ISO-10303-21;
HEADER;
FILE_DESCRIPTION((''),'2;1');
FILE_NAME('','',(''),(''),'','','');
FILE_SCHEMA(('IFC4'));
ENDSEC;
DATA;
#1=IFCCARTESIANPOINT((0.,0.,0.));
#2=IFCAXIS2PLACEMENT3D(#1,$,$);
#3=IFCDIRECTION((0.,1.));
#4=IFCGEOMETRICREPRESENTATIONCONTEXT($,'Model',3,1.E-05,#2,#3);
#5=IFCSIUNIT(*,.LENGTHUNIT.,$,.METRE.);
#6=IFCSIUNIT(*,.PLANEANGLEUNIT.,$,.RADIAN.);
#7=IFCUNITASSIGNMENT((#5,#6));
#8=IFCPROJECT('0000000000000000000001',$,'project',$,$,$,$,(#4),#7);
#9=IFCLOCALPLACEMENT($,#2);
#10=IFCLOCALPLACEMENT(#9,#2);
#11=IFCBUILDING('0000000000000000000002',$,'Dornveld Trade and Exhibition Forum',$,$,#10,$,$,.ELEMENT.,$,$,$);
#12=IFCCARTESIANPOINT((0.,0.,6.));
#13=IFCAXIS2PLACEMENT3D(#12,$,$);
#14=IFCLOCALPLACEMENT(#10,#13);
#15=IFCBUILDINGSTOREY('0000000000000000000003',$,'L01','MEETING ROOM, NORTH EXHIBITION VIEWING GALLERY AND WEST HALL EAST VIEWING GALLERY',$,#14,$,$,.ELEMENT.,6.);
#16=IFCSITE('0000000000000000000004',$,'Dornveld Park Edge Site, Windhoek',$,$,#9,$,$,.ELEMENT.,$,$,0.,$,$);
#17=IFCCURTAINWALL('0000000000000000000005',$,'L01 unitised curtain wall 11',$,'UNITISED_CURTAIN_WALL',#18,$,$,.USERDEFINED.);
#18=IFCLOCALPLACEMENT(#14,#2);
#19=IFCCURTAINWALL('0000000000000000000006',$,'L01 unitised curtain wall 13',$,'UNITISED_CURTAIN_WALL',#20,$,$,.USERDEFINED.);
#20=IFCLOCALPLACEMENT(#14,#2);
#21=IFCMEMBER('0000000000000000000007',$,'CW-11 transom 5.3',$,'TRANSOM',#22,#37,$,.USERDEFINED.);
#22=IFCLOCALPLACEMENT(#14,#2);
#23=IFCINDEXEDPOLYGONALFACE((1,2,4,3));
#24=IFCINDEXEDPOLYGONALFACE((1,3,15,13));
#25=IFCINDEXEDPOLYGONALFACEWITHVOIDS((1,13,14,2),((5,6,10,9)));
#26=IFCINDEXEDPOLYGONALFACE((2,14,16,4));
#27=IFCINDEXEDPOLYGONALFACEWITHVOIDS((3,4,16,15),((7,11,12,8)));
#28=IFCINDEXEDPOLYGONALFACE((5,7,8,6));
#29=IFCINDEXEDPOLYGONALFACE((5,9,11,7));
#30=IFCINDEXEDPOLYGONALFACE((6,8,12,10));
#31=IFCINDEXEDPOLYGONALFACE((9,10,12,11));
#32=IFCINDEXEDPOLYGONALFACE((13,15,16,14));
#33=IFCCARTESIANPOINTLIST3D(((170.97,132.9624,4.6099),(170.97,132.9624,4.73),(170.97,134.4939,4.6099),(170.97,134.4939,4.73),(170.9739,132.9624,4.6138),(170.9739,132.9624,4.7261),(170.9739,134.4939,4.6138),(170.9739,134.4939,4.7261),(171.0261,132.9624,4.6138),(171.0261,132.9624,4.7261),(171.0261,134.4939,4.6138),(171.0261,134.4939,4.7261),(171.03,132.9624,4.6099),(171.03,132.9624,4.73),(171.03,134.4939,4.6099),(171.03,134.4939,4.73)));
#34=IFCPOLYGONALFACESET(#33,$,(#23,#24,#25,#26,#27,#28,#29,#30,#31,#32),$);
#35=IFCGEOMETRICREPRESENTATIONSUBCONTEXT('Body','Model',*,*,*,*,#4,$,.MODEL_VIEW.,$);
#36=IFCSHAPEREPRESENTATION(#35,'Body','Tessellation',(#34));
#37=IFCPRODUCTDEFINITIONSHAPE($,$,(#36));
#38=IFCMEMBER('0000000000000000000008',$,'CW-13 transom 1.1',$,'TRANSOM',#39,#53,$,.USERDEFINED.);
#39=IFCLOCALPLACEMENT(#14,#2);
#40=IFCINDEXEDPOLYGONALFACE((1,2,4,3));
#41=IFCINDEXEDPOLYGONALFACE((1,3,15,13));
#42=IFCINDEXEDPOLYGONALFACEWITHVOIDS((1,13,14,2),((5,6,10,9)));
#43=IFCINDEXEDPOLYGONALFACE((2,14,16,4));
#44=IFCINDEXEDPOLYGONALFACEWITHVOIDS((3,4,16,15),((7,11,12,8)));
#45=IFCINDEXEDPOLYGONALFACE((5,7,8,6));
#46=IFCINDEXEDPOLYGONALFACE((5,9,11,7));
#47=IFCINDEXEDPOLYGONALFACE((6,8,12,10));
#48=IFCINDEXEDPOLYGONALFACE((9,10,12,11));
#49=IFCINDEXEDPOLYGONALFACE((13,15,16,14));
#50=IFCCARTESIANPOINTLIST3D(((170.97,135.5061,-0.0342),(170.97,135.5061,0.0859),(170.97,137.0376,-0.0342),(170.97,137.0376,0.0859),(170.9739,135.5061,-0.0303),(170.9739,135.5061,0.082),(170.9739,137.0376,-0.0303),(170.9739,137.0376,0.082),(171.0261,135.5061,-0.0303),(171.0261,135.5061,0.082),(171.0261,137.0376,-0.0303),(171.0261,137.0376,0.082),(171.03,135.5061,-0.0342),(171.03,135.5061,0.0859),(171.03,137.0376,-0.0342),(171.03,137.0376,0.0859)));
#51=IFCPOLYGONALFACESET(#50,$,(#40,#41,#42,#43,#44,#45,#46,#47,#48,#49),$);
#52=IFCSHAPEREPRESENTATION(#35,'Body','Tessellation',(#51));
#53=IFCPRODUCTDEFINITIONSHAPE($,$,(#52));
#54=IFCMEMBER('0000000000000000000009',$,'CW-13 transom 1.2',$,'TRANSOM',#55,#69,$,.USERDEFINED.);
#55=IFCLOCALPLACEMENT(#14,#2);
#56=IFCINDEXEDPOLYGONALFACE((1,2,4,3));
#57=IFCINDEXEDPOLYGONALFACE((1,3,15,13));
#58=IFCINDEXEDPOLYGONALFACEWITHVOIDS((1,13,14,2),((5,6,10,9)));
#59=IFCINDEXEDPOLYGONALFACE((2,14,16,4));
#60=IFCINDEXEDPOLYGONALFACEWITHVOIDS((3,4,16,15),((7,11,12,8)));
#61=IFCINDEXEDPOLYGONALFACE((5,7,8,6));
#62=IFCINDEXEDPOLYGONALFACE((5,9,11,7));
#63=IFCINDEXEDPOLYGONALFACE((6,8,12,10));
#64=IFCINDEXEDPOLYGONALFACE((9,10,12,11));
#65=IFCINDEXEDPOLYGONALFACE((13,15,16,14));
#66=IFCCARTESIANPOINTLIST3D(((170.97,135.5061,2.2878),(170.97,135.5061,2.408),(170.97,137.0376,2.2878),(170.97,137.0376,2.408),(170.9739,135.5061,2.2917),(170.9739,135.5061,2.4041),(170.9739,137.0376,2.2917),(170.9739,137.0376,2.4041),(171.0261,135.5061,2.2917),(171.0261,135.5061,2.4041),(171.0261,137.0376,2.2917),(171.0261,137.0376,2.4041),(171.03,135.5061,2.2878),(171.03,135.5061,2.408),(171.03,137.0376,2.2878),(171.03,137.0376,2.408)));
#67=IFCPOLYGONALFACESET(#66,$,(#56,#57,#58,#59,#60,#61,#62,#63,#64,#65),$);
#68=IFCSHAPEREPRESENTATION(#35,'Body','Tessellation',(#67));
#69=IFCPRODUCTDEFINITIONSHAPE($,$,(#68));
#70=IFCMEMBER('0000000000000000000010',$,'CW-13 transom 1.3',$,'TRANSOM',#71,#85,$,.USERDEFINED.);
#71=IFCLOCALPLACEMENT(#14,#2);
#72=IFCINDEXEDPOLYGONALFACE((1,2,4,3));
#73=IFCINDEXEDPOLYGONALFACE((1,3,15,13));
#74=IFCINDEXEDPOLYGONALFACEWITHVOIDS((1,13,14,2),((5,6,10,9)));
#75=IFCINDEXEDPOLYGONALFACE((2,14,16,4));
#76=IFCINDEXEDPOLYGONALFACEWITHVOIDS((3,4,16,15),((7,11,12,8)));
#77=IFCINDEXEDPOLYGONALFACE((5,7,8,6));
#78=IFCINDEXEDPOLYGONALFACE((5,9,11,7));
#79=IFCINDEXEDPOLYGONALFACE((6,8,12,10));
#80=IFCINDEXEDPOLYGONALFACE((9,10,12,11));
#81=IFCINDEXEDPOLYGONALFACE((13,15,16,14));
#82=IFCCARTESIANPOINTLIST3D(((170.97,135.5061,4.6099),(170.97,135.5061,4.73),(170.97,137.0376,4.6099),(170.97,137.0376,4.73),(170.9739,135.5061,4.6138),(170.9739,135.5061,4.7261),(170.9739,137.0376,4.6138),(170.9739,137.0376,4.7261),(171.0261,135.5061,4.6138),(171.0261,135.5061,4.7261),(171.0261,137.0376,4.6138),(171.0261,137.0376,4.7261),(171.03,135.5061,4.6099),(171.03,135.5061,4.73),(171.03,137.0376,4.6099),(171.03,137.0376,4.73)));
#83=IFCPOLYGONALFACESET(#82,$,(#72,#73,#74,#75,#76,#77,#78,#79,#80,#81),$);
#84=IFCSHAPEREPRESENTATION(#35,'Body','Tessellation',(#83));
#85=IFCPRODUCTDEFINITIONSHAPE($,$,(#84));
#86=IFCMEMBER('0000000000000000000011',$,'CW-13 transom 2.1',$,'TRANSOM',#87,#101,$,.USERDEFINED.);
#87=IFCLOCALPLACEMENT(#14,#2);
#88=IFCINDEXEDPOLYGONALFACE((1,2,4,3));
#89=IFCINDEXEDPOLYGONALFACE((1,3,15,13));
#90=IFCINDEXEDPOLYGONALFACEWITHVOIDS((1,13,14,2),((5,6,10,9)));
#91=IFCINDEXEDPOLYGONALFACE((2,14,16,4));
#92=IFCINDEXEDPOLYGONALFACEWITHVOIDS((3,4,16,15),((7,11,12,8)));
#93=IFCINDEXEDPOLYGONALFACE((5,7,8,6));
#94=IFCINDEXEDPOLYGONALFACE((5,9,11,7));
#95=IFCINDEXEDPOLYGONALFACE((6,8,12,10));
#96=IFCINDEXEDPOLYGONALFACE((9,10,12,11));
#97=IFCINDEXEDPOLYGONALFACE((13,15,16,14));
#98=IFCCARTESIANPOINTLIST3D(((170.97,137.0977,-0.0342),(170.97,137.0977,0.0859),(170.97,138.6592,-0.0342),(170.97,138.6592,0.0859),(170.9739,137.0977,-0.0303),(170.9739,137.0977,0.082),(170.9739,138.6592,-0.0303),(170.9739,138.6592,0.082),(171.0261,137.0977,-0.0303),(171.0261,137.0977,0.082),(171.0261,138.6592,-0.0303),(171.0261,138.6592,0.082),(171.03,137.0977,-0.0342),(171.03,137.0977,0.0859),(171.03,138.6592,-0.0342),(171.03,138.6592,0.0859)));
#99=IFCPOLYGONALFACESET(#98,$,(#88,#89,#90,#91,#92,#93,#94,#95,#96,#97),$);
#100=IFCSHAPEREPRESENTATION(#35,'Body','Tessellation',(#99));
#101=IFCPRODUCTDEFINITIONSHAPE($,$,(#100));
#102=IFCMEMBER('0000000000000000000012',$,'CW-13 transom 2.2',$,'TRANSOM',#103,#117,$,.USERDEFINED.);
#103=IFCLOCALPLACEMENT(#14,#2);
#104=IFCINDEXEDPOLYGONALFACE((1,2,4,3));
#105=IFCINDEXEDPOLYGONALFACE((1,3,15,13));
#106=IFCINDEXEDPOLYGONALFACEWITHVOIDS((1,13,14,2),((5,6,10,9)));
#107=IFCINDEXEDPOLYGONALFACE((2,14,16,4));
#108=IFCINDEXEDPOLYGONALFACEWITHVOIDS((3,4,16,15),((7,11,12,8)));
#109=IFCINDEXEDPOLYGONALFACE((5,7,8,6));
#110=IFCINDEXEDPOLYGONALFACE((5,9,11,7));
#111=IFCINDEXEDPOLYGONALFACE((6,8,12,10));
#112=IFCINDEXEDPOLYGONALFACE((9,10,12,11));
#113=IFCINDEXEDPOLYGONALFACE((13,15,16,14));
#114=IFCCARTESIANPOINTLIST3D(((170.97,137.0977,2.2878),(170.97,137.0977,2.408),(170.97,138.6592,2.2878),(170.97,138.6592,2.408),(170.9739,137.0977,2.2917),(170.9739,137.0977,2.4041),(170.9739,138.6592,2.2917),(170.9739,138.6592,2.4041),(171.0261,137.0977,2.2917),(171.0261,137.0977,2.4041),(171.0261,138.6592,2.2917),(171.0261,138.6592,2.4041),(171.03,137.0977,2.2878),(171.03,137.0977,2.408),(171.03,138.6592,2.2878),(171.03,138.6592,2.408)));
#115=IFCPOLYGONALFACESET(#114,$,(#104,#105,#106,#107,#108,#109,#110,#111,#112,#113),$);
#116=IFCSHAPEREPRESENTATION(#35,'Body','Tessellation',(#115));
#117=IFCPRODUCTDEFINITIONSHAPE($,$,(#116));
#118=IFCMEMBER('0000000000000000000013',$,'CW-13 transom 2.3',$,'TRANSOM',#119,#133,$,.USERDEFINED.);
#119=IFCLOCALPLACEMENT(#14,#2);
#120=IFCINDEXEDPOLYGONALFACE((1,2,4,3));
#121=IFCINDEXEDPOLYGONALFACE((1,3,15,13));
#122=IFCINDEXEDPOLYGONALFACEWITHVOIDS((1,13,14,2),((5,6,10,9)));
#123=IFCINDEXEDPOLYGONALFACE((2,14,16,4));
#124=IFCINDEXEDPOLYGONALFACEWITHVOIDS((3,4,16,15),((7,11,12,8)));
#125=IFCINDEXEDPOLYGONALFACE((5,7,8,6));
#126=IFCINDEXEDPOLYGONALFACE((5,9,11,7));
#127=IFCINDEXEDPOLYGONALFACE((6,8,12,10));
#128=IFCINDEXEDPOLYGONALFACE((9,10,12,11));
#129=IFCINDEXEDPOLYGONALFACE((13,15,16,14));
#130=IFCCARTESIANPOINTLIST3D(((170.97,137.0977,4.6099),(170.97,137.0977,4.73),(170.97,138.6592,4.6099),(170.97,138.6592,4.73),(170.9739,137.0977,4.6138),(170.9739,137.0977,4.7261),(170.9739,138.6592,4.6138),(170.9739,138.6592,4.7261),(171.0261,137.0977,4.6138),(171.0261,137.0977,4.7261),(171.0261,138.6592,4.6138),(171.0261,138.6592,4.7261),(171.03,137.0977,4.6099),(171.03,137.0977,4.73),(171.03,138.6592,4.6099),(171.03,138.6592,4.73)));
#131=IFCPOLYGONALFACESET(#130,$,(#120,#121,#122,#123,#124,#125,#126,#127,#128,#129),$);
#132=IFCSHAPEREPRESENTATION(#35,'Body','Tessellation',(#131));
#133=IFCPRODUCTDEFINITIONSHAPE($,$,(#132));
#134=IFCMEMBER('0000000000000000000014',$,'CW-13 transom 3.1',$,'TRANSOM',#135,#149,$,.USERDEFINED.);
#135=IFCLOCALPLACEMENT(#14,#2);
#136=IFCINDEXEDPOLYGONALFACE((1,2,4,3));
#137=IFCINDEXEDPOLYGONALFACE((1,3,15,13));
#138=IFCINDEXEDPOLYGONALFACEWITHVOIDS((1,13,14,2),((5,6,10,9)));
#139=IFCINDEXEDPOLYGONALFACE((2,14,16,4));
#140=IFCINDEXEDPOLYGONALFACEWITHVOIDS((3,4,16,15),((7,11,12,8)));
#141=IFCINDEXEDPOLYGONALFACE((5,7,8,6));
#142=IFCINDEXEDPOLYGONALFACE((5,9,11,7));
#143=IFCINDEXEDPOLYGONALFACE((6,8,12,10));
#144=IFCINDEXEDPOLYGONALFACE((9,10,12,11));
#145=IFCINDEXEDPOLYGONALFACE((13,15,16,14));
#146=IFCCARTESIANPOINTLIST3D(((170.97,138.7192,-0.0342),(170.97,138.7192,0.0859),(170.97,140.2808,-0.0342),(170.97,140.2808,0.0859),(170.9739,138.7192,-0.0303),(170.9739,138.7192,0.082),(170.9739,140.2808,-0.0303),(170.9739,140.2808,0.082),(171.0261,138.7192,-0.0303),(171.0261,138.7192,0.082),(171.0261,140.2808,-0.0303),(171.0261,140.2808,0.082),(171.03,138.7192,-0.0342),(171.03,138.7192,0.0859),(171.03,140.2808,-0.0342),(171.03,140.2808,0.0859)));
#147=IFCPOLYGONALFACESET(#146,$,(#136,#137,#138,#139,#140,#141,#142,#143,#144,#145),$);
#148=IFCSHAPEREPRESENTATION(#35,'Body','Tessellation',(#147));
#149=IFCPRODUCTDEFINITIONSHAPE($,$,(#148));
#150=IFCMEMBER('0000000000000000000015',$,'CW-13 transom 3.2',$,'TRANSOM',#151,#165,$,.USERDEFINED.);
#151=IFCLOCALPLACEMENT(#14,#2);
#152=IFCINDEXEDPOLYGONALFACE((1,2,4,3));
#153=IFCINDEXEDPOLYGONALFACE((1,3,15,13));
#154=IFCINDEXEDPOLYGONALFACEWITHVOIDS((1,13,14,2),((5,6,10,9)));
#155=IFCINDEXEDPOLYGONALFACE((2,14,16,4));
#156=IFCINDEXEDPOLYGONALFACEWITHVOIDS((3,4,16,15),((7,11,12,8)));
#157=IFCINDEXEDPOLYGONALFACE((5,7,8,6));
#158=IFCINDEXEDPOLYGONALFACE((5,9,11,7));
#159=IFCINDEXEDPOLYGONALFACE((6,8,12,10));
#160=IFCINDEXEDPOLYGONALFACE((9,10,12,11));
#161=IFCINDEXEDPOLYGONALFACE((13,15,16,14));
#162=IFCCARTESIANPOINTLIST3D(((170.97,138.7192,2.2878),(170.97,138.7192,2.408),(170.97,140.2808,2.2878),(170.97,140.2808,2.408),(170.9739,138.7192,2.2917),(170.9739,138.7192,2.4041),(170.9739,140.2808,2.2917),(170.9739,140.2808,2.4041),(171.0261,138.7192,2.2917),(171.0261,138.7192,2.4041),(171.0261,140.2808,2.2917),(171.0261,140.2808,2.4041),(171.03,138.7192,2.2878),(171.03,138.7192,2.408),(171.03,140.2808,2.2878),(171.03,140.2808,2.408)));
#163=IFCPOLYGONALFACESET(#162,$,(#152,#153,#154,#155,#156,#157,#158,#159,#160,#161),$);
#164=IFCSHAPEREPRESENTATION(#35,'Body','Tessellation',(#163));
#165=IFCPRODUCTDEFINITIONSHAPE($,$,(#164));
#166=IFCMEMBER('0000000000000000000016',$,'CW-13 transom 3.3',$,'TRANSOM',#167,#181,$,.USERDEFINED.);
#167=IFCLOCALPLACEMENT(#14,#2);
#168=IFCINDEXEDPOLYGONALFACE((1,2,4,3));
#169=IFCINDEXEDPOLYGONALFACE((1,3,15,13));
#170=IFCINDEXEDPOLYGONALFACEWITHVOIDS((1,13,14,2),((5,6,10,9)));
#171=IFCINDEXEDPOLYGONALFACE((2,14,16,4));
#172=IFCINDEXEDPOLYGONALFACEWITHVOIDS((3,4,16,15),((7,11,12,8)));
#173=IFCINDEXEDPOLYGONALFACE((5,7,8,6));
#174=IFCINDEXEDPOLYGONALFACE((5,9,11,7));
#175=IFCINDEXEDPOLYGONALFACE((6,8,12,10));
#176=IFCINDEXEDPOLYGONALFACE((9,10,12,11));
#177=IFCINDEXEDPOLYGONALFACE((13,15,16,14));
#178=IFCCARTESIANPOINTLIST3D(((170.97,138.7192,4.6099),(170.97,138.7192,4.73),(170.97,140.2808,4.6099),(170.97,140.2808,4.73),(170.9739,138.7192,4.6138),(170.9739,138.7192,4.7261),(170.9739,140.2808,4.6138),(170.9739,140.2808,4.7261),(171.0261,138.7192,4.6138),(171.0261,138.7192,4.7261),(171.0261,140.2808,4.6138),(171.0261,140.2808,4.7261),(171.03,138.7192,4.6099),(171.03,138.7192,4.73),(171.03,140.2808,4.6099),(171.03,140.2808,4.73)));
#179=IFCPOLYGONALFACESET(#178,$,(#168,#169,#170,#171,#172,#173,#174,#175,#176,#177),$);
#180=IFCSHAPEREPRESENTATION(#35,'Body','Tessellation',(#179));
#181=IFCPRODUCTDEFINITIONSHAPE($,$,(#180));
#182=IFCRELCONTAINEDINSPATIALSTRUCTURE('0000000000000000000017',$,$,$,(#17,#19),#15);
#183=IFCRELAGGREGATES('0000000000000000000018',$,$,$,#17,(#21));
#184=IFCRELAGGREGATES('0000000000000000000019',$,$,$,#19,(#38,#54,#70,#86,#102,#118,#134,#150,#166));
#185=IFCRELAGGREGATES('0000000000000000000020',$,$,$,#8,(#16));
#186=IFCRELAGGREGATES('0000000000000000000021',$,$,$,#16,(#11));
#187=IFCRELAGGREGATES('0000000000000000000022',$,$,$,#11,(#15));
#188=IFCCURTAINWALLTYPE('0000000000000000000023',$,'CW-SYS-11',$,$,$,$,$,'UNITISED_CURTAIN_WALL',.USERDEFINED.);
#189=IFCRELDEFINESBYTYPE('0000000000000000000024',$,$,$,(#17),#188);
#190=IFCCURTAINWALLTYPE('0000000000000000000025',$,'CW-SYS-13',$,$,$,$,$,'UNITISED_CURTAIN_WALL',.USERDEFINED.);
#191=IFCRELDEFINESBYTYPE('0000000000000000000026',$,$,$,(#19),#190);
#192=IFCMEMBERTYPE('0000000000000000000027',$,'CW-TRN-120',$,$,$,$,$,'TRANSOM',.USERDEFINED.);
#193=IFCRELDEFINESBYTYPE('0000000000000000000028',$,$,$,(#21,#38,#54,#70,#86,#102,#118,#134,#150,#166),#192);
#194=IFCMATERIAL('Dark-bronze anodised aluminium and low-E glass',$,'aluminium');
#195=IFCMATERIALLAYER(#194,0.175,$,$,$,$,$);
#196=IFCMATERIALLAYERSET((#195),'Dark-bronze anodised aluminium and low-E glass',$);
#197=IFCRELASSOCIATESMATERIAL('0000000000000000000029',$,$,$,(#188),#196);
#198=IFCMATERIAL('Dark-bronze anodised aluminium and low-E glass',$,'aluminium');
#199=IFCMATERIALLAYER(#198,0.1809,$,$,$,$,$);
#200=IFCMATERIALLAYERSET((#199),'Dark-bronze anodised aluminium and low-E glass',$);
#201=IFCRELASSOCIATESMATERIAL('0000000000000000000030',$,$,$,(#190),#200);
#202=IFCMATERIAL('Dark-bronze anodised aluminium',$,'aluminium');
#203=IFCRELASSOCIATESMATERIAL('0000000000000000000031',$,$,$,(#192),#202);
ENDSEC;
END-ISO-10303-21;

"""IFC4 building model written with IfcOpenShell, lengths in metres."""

from ifc_helpers import new_model, si_unit, direction, frame, origin, origin_2d, place, context, subcontext, project, spatial, hollow_rectangle, extrude, material, layer, layer_set, material_profile, profile_set, type_object, element, aggregate, save


model = new_model("IFC4")

# Units and contexts
model_context = context("Model", 3, precision=1e-05, world=origin(), true_north=direction((0.0, 1.0)))
body_context = subcontext(model_context, "Body", "Model", "MODEL_VIEW")
ifc_project = project(units=[si_unit("LENGTHUNIT", "METRE"), si_unit("PLANEANGLEUNIT", "RADIAN")], contexts=[model_context])

# Site, building, storey
site_placement = place(None, origin())
site = spatial("IfcSite", under=ifc_project, at=site_placement, Name="Dornveld Park Edge Site, Windhoek", CompositionType="ELEMENT", RefElevation=0.0)
building_placement = place(site_placement, origin())
building = spatial("IfcBuilding", under=site, at=building_placement, Name="Dornveld Trade and Exhibition Forum", CompositionType="ELEMENT")
storey_placement = place(building_placement, frame((0.0, 0.0, 6.0)))
storey = spatial("IfcBuildingStorey", under=building, at=storey_placement, Name="L01", Description="MEETING ROOM, NORTH EXHIBITION VIEWING GALLERY AND WEST HALL EAST VIEWING GALLERY", CompositionType="ELEMENT", Elevation=6.0)

# Curtain wall
ifc_material_1 = material(Name="Dark-bronze anodised aluminium and low-E glass", Category="aluminium")
ifc_layer_1 = layer(ifc_material_1, 0.175)
ifc_layer_set_1 = layer_set([ifc_layer_1], Name="Dark-bronze anodised aluminium and low-E glass")
curtain_wall_type_1 = type_object("IfcCurtainWallType", Name="CW-SYS-11", ElementType="UNITISED_CURTAIN_WALL", PredefinedType="USERDEFINED", material=ifc_layer_set_1)
curtain_wall_1_placement = place(storey_placement, origin())
curtain_wall_1 = element("IfcCurtainWall", 1, at=curtain_wall_1_placement, inside=storey, type_object=curtain_wall_type_1, Name="L01 unitised curtain wall 11", ObjectType="UNITISED_CURTAIN_WALL", PredefinedType="USERDEFINED")

# Curtain wall
ifc_material_2 = material(Name="Dark-bronze anodised aluminium and low-E glass", Category="aluminium")
ifc_layer_2 = layer(ifc_material_2, 0.1809)
ifc_layer_set_2 = layer_set([ifc_layer_2], Name="Dark-bronze anodised aluminium and low-E glass")
curtain_wall_type_2 = type_object("IfcCurtainWallType", Name="CW-SYS-13", ElementType="UNITISED_CURTAIN_WALL", PredefinedType="USERDEFINED", material=ifc_layer_set_2)
curtain_wall_2_placement = place(storey_placement, origin())
curtain_wall_2 = element("IfcCurtainWall", 2, at=curtain_wall_2_placement, inside=storey, type_object=curtain_wall_type_2, Name="L01 unitised curtain wall 13", ObjectType="UNITISED_CURTAIN_WALL", PredefinedType="USERDEFINED")

# Members
ifc_material_3 = material(Name="Dark-bronze anodised aluminium", Category="aluminium")
ifc_material_profile_1 = material_profile(ifc_material_3, hollow_rectangle(XDim=0.0601, YDim=0.1201, WallThickness=0.0039, at=origin_2d()), Name="RHS 120x60x4")
ifc_profile_set_1 = profile_set([ifc_material_profile_1], Name="Dark-bronze anodised aluminium")
member_type_1 = type_object("IfcMemberType", Name="CW-TRN-120", ElementType="TRANSOM", PredefinedType="USERDEFINED", material=ifc_profile_set_1)
member_1_placement = place(storey_placement, frame((171.0, 132.9624, 4.6699), z_axis=(0.0, 1.0, 0.0), x_axis=(-1.0, 0.0, 0.0)))
member_1 = element("IfcMember", 3, at=member_1_placement, type_object=member_type_1, Name="CW-11 transom 5.3", ObjectType="TRANSOM", PredefinedType="USERDEFINED", context=body_context, shape_type="SweptSolid", body=[
    extrude(hollow_rectangle(XDim=0.0601, YDim=0.1201, WallThickness=0.0039, at=origin_2d()), origin(), (0.0, 0.0, 1.0), 1.5315),
])
member_2_placement = place(storey_placement, frame((171.0, 135.5061, 0.0259), z_axis=(0.0, 1.0, 0.0), x_axis=(-1.0, 0.0, 0.0)))
member_2 = element("IfcMember", 4, at=member_2_placement, type_object=member_type_1, Name="CW-13 transom 1.1", ObjectType="TRANSOM", PredefinedType="USERDEFINED", context=body_context, shape_type="SweptSolid", body=[
    extrude(hollow_rectangle(XDim=0.0601, YDim=0.1201, WallThickness=0.0039, at=origin_2d()), origin(), (0.0, 0.0, 1.0), 1.5315),
])
member_3_placement = place(storey_placement, frame((171.0, 135.5061, 2.3479), z_axis=(0.0, 1.0, 0.0), x_axis=(-1.0, 0.0, 0.0)))
member_3 = element("IfcMember", 5, at=member_3_placement, type_object=member_type_1, Name="CW-13 transom 1.2", ObjectType="TRANSOM", PredefinedType="USERDEFINED", context=body_context, shape_type="SweptSolid", body=[
    extrude(hollow_rectangle(XDim=0.0601, YDim=0.1201, WallThickness=0.0039, at=origin_2d()), origin(), (0.0, 0.0, 1.0), 1.5315),
])
member_4_placement = place(storey_placement, frame((171.0, 135.5061, 4.6699), z_axis=(0.0, 1.0, 0.0), x_axis=(-1.0, 0.0, 0.0)))
member_4 = element("IfcMember", 6, at=member_4_placement, type_object=member_type_1, Name="CW-13 transom 1.3", ObjectType="TRANSOM", PredefinedType="USERDEFINED", context=body_context, shape_type="SweptSolid", body=[
    extrude(hollow_rectangle(XDim=0.0601, YDim=0.1201, WallThickness=0.0039, at=origin_2d()), origin(), (0.0, 0.0, 1.0), 1.5315),
])
member_5_placement = place(storey_placement, frame((171.0, 137.0977, 0.0259), z_axis=(0.0, 1.0, 0.0), x_axis=(-1.0, 0.0, 0.0)))
member_5 = element("IfcMember", 7, at=member_5_placement, type_object=member_type_1, Name="CW-13 transom 2.1", ObjectType="TRANSOM", PredefinedType="USERDEFINED", context=body_context, shape_type="SweptSolid", body=[
    extrude(hollow_rectangle(XDim=0.0601, YDim=0.1201, WallThickness=0.0039, at=origin_2d()), origin(), (0.0, 0.0, 1.0), 1.5615),
])
member_6_placement = place(storey_placement, frame((171.0, 137.0977, 2.3479), z_axis=(0.0, 1.0, 0.0), x_axis=(-1.0, 0.0, 0.0)))
member_6 = element("IfcMember", 8, at=member_6_placement, type_object=member_type_1, Name="CW-13 transom 2.2", ObjectType="TRANSOM", PredefinedType="USERDEFINED", context=body_context, shape_type="SweptSolid", body=[
    extrude(hollow_rectangle(XDim=0.0601, YDim=0.1201, WallThickness=0.0039, at=origin_2d()), origin(), (0.0, 0.0, 1.0), 1.5615),
])
member_7_placement = place(storey_placement, frame((171.0, 137.0977, 4.6699), z_axis=(0.0, 1.0, 0.0), x_axis=(-1.0, 0.0, 0.0)))
member_7 = element("IfcMember", 9, at=member_7_placement, type_object=member_type_1, Name="CW-13 transom 2.3", ObjectType="TRANSOM", PredefinedType="USERDEFINED", context=body_context, shape_type="SweptSolid", body=[
    extrude(hollow_rectangle(XDim=0.0601, YDim=0.1201, WallThickness=0.0039, at=origin_2d()), origin(), (0.0, 0.0, 1.0), 1.5615),
])
member_8_placement = place(storey_placement, frame((171.0, 138.7192, 0.0259), z_axis=(0.0, 1.0, 0.0), x_axis=(-1.0, 0.0, 0.0)))
member_8 = element("IfcMember", 10, at=member_8_placement, type_object=member_type_1, Name="CW-13 transom 3.1", ObjectType="TRANSOM", PredefinedType="USERDEFINED", context=body_context, shape_type="SweptSolid", body=[
    extrude(hollow_rectangle(XDim=0.0601, YDim=0.1201, WallThickness=0.0039, at=origin_2d()), origin(), (0.0, 0.0, 1.0), 1.5615),
])
member_9_placement = place(storey_placement, frame((171.0, 138.7192, 2.3479), z_axis=(0.0, 1.0, 0.0), x_axis=(-1.0, 0.0, 0.0)))
member_9 = element("IfcMember", 11, at=member_9_placement, type_object=member_type_1, Name="CW-13 transom 3.2", ObjectType="TRANSOM", PredefinedType="USERDEFINED", context=body_context, shape_type="SweptSolid", body=[
    extrude(hollow_rectangle(XDim=0.0601, YDim=0.1201, WallThickness=0.0039, at=origin_2d()), origin(), (0.0, 0.0, 1.0), 1.5615),
])
member_10_placement = place(storey_placement, frame((171.0, 138.7192, 4.6699), z_axis=(0.0, 1.0, 0.0), x_axis=(-1.0, 0.0, 0.0)))
member_10 = element("IfcMember", 12, at=member_10_placement, type_object=member_type_1, Name="CW-13 transom 3.3", ObjectType="TRANSOM", PredefinedType="USERDEFINED", context=body_context, shape_type="SweptSolid", body=[
    extrude(hollow_rectangle(XDim=0.0601, YDim=0.1201, WallThickness=0.0039, at=origin_2d()), origin(), (0.0, 0.0, 1.0), 1.5615),
])

aggregate(curtain_wall_1, [member_1])
aggregate(curtain_wall_2, [member_2, member_3, member_4, member_5, member_6, member_7, member_8, member_9, member_10])

save(model, "model.ifc")
